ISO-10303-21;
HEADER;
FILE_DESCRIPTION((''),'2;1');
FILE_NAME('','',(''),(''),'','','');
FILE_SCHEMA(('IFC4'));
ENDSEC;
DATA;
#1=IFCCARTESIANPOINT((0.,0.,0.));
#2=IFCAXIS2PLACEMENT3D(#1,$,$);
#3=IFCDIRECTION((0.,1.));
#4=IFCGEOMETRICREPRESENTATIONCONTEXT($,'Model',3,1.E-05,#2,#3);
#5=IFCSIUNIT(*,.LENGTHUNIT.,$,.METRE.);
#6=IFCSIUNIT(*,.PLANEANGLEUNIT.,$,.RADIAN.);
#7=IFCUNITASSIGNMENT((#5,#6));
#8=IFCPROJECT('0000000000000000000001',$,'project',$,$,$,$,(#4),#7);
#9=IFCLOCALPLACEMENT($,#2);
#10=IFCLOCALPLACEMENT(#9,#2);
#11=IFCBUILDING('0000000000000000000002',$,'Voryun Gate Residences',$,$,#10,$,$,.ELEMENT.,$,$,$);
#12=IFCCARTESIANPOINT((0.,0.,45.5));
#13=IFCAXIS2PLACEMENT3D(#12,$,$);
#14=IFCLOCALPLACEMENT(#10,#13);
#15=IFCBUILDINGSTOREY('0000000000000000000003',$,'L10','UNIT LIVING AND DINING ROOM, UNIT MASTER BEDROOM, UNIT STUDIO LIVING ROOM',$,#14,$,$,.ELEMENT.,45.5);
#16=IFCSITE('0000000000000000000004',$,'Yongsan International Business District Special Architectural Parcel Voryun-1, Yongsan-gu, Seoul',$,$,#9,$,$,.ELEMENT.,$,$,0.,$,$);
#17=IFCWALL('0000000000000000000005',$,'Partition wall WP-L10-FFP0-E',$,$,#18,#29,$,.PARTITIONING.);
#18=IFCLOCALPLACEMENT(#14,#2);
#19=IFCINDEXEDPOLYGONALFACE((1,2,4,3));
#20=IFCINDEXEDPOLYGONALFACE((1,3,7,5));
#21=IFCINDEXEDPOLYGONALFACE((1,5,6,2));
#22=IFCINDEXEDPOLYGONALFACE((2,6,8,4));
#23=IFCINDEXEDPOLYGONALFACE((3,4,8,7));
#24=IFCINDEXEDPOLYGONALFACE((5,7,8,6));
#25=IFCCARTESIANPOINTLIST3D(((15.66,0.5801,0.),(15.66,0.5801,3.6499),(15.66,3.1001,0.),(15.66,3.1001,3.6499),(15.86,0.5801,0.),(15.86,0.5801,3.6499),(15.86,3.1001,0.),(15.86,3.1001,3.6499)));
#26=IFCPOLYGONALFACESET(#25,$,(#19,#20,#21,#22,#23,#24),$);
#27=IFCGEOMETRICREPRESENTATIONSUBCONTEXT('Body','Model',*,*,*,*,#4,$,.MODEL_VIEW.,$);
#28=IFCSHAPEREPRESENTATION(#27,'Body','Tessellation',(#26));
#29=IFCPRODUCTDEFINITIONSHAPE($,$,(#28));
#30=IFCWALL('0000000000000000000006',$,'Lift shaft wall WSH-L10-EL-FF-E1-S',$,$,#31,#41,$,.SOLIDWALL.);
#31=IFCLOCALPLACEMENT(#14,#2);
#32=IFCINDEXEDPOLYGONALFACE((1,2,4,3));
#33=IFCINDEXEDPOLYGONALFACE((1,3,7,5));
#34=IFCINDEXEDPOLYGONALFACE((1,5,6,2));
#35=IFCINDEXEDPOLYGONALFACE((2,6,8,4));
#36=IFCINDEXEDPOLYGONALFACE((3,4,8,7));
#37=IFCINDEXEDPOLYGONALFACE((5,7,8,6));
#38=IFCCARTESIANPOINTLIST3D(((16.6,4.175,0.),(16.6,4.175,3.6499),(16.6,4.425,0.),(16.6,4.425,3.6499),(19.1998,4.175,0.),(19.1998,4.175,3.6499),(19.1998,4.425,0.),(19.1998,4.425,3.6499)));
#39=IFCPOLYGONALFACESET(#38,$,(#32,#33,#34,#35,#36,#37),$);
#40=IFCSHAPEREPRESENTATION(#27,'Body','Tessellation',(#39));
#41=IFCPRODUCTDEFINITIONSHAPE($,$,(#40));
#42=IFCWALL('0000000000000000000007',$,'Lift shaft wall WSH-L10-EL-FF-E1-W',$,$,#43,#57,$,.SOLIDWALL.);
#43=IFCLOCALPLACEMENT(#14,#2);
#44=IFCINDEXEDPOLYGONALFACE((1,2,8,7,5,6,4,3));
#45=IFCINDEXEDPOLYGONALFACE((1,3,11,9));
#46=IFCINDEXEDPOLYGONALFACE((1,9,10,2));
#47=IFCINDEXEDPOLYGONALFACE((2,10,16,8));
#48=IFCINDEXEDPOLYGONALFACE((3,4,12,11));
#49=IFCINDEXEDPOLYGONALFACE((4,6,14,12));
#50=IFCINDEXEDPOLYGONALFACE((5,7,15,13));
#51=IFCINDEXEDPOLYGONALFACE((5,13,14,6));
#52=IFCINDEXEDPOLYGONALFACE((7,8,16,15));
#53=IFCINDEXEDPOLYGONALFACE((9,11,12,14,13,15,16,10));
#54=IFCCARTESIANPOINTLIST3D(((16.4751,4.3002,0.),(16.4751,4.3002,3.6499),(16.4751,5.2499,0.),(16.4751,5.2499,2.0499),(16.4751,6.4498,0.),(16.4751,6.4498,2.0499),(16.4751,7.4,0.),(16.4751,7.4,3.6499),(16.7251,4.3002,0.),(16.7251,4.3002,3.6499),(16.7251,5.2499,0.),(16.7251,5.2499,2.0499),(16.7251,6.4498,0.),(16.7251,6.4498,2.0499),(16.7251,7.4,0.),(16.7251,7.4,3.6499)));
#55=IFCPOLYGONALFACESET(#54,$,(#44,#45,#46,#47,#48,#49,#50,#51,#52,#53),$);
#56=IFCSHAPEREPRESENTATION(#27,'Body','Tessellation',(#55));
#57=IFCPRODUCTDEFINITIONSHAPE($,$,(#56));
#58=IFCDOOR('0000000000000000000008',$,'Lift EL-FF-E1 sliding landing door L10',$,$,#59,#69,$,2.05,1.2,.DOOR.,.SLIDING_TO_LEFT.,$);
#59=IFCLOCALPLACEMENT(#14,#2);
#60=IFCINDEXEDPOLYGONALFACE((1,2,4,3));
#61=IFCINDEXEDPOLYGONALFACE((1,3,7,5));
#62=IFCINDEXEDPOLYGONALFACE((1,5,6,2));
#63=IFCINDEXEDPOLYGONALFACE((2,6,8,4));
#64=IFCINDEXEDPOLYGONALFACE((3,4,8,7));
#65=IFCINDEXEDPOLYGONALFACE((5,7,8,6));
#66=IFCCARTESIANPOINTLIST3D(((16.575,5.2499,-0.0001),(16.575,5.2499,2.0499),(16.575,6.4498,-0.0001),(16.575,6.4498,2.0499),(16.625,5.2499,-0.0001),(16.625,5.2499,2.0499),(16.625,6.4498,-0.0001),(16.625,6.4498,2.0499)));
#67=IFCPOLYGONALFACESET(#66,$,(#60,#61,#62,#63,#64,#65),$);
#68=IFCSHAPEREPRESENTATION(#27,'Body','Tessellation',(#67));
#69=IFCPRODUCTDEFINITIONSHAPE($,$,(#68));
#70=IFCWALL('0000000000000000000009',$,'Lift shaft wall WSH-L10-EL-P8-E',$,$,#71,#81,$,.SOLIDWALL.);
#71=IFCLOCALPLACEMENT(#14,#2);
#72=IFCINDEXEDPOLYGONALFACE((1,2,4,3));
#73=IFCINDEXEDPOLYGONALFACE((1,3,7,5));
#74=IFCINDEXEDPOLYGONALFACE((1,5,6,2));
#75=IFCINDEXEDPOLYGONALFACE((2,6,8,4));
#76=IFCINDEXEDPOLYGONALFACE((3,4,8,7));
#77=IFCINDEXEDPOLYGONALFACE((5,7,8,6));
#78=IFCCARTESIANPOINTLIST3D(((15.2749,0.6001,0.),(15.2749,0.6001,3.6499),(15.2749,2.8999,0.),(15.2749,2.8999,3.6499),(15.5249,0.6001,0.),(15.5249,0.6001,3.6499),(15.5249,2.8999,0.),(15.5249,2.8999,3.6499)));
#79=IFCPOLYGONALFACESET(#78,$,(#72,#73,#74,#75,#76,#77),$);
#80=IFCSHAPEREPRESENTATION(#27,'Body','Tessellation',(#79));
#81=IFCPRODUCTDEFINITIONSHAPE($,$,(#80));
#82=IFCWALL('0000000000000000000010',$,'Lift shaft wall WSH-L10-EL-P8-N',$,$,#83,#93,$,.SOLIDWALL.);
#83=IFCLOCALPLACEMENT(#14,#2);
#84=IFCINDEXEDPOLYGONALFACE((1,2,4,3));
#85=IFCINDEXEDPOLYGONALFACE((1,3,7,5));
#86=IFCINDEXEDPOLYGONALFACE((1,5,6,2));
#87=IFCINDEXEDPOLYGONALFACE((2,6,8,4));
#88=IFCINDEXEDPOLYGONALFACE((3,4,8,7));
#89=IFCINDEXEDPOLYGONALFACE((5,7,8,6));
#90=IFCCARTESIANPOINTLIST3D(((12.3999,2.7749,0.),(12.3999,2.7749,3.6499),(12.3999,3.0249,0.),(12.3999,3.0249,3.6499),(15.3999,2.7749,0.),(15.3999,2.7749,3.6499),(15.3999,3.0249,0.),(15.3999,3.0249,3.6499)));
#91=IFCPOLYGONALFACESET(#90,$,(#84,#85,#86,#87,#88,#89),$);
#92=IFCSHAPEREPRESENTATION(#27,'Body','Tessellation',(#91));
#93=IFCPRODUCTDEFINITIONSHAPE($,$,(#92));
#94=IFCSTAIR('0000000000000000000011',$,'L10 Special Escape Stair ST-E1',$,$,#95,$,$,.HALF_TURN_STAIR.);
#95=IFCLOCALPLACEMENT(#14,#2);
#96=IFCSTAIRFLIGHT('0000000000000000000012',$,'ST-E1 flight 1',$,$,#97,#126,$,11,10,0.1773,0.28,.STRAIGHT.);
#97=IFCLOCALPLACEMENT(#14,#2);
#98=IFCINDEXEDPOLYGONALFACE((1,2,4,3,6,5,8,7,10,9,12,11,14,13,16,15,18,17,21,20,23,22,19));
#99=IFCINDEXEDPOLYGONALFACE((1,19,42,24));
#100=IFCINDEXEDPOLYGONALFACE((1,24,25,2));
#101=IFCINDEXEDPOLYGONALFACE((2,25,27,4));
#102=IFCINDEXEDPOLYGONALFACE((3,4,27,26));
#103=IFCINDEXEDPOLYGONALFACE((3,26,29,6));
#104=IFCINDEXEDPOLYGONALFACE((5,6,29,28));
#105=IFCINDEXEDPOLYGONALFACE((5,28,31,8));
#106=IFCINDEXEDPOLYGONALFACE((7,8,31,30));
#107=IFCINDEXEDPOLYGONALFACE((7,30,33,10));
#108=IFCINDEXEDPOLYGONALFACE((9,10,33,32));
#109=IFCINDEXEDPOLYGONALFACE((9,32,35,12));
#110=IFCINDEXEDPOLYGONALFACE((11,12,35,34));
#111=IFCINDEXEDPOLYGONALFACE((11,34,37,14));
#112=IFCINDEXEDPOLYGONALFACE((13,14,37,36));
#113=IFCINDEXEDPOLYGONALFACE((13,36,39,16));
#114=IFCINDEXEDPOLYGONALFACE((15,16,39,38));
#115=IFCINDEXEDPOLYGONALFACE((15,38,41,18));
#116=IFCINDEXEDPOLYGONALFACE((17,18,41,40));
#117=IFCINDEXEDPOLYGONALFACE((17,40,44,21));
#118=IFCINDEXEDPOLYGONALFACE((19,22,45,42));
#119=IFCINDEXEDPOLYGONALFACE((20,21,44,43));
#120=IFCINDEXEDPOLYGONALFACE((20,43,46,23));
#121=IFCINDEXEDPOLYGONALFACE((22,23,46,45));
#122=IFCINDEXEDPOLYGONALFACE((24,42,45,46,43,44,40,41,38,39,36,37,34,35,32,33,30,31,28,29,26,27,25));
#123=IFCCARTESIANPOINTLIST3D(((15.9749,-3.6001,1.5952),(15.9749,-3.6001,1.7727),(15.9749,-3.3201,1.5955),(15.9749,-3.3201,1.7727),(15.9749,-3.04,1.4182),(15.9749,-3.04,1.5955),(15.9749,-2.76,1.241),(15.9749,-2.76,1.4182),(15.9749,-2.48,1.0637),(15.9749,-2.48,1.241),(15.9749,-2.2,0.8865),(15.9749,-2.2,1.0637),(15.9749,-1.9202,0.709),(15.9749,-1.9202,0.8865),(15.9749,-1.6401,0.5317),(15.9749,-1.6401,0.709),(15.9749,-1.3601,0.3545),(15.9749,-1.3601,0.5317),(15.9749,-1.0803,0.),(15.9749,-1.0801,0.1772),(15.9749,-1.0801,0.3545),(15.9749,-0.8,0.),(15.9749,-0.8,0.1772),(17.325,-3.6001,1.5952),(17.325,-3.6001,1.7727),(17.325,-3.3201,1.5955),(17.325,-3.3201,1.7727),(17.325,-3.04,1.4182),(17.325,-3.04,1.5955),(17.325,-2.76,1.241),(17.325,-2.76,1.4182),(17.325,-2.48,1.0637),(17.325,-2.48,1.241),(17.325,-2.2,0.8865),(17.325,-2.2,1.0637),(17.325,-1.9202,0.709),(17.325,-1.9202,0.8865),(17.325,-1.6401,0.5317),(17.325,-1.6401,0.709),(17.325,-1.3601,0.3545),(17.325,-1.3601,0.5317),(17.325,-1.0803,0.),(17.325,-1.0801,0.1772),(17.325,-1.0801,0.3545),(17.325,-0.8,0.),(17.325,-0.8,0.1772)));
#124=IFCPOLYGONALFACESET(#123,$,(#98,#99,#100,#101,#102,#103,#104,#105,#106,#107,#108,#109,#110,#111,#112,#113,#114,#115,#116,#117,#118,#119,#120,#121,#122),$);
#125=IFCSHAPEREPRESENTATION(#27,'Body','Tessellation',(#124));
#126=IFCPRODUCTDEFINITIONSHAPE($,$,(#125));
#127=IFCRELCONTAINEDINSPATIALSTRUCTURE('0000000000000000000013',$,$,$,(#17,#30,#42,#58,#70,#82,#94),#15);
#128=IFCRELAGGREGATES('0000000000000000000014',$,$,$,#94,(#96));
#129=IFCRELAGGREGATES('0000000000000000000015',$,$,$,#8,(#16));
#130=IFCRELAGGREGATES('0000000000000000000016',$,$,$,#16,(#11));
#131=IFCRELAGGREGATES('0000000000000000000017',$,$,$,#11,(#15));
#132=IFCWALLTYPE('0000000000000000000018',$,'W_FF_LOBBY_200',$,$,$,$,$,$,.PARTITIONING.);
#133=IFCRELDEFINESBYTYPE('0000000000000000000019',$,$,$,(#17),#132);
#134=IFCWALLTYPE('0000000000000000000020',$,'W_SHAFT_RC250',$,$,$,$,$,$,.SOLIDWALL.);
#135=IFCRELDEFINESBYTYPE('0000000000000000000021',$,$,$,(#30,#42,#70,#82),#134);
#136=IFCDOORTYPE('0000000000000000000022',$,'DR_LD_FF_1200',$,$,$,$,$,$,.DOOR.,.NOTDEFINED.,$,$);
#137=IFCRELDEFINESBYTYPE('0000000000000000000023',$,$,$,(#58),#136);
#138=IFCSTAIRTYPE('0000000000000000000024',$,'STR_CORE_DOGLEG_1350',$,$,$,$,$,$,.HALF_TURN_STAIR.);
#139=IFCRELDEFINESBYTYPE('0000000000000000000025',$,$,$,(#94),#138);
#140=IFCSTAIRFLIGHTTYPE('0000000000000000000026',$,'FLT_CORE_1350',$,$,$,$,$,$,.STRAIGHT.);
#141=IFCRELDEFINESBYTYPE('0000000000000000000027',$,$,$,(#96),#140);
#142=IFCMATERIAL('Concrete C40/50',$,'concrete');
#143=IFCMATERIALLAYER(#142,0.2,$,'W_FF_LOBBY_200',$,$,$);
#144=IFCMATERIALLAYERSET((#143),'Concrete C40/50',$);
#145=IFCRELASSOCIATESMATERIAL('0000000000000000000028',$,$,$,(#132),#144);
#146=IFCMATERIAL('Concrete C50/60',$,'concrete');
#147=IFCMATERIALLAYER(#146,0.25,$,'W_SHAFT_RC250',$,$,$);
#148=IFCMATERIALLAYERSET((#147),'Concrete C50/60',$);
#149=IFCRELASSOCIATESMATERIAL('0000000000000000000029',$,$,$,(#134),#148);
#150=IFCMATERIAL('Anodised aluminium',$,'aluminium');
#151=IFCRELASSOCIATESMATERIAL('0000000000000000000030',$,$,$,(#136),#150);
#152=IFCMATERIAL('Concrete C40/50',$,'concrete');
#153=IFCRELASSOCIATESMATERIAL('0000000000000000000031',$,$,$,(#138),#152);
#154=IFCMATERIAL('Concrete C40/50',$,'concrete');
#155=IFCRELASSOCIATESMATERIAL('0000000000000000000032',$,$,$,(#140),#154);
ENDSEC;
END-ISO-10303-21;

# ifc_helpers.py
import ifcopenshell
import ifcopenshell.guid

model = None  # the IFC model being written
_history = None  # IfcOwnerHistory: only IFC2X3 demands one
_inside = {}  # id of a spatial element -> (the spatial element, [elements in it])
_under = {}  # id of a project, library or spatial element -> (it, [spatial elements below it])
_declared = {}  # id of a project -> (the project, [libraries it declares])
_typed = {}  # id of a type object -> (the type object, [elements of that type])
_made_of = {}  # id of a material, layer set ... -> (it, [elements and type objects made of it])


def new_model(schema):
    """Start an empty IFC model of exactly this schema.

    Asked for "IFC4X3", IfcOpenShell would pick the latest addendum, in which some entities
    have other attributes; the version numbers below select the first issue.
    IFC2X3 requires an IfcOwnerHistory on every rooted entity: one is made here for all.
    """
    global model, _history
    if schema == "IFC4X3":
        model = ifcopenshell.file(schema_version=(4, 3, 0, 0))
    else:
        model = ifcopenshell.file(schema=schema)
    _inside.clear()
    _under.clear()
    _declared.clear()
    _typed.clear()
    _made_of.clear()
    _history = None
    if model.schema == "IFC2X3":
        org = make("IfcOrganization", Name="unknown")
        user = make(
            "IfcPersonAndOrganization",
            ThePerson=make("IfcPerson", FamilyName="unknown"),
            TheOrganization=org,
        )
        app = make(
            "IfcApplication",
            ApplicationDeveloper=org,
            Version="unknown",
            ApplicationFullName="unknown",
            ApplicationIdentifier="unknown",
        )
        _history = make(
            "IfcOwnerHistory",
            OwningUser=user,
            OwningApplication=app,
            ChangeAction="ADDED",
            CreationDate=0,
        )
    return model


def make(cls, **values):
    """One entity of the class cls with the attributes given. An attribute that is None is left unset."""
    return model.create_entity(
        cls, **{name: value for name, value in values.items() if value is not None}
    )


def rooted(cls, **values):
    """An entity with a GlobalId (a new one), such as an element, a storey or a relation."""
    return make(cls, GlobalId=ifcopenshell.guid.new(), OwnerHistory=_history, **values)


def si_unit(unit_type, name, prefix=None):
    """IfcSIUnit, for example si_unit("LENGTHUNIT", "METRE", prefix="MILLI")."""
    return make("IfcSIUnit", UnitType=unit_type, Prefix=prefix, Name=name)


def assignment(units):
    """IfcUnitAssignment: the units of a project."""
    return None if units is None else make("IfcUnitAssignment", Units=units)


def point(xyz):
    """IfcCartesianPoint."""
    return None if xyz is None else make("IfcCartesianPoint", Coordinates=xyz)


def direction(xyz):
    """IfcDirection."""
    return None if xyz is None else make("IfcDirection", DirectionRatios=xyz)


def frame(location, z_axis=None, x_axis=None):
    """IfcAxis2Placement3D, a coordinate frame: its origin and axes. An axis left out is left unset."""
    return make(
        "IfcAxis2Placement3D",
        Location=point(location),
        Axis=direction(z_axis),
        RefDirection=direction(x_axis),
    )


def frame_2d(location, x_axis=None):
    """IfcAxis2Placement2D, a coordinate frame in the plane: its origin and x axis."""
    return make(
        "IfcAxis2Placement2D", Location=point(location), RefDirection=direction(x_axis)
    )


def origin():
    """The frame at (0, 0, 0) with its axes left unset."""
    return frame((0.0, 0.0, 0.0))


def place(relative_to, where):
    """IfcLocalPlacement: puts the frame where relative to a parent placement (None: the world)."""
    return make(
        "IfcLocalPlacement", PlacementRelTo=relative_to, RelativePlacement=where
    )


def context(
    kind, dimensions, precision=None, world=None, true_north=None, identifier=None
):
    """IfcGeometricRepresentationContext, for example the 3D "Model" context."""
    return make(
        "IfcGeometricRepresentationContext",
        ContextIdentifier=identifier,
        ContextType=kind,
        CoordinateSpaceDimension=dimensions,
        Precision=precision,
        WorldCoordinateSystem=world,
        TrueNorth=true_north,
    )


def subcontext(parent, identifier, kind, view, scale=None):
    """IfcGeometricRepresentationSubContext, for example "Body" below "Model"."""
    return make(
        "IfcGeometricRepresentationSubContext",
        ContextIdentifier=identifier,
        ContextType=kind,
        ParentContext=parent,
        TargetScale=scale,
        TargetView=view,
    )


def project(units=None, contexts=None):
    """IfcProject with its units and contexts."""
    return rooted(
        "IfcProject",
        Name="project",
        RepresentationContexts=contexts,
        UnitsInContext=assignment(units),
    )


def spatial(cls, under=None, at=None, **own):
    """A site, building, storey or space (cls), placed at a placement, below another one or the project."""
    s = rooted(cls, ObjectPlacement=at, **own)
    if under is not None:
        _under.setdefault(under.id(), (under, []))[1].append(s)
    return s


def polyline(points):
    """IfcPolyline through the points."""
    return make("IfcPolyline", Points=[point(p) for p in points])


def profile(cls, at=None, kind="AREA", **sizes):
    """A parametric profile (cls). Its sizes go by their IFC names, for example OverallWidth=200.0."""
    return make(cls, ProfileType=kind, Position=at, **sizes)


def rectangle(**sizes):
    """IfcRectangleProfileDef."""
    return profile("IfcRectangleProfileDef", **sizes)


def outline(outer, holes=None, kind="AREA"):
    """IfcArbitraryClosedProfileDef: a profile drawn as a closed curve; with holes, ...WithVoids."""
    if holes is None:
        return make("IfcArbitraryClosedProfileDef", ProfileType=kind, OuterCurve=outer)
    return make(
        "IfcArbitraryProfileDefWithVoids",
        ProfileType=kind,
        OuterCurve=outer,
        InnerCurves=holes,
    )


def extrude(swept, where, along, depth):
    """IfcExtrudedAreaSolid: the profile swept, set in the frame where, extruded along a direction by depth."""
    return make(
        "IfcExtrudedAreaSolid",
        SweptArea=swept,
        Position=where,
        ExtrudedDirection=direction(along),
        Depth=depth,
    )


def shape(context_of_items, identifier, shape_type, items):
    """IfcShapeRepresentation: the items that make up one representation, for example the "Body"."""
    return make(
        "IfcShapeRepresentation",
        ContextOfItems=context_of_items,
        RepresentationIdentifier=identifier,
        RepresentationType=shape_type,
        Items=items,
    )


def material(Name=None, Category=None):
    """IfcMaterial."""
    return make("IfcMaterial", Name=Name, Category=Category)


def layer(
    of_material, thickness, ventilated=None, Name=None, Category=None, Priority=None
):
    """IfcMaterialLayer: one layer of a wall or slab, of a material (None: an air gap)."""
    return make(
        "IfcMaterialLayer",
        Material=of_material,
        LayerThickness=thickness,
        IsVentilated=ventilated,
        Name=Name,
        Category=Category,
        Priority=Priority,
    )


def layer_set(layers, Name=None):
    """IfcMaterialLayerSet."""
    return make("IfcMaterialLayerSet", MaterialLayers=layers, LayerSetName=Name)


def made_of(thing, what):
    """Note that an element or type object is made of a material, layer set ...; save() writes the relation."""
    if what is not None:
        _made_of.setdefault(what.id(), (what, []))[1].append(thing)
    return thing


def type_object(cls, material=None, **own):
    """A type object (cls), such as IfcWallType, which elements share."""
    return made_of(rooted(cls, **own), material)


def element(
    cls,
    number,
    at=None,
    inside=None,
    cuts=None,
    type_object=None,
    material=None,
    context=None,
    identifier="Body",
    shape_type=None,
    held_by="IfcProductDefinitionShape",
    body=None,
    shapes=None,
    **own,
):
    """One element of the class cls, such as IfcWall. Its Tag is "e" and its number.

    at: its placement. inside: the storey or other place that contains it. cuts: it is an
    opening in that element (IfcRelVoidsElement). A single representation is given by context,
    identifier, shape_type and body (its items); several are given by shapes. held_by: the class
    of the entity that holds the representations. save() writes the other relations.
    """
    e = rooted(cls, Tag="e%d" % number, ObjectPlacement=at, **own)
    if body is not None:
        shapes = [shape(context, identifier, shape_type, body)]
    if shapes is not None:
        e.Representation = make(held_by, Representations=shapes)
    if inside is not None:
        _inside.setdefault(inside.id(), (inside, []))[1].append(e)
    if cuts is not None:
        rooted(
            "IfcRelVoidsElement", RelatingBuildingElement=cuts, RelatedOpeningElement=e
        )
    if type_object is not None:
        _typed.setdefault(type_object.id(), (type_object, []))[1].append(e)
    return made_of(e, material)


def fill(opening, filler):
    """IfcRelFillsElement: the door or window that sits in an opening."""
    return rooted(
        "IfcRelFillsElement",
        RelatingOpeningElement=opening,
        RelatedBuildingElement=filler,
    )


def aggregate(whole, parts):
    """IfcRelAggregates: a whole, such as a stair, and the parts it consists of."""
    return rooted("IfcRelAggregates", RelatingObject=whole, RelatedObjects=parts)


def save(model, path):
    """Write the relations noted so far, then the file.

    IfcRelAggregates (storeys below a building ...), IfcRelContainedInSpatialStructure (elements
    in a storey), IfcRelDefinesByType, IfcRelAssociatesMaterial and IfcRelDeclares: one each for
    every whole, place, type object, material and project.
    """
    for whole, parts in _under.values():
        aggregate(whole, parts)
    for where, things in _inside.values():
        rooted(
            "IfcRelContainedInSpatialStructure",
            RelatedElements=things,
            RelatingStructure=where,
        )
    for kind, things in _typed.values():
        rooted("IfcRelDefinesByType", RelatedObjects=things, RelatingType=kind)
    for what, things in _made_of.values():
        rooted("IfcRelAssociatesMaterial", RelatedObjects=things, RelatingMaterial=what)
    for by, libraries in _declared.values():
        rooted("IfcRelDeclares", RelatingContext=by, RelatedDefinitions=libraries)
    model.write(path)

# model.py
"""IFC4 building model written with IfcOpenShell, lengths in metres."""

from ifc_helpers import new_model, si_unit, direction, frame, frame_2d, origin, place, context, subcontext, project, spatial, polyline, rectangle, outline, extrude, material, layer, layer_set, type_object, element, fill, aggregate, save


model = new_model("IFC4")

# Units and contexts
model_context = context("Model", 3, precision=1e-05, world=origin(), true_north=direction((0.0, 1.0)))
body_context = subcontext(model_context, "Body", "Model", "MODEL_VIEW")
ifc_project = project(units=[si_unit("LENGTHUNIT", "METRE"), si_unit("PLANEANGLEUNIT", "RADIAN")], contexts=[model_context])

# Site, building, storey
site_placement = place(None, origin())
site = spatial("IfcSite", under=ifc_project, at=site_placement, Name="Yongsan International Business District Special Architectural Parcel Voryun-1, Yongsan-gu, Seoul", CompositionType="ELEMENT", RefElevation=0.0)
building_placement = place(site_placement, origin())
building = spatial("IfcBuilding", under=site, at=building_placement, Name="Voryun Gate Residences", CompositionType="ELEMENT")
storey_placement = place(building_placement, frame((0.0, 0.0, 45.5)))
storey = spatial("IfcBuildingStorey", under=building, at=storey_placement, Name="L10", Description="UNIT LIVING AND DINING ROOM, UNIT MASTER BEDROOM, UNIT STUDIO LIVING ROOM", CompositionType="ELEMENT", Elevation=45.5)

# Walls
ifc_material_1 = material(Name="Concrete C40/50", Category="concrete")
ifc_layer_1 = layer(ifc_material_1, 0.2, Name="W_FF_LOBBY_200")
ifc_layer_set_1 = layer_set([ifc_layer_1], Name="Concrete C40/50")
wall_type_1 = type_object("IfcWallType", Name="W_FF_LOBBY_200", PredefinedType="PARTITIONING", material=ifc_layer_set_1)
wall_1_placement = place(storey_placement, frame((15.76, 0.5801, 0.0), z_axis=(0.0, 0.0, 1.0), x_axis=(0.0, 1.0, 0.0)))
element("IfcWall", 1, at=wall_1_placement, inside=storey, type_object=wall_type_1, Name="Partition wall WP-L10-FFP0-E", PredefinedType="PARTITIONING", context=body_context, shape_type="SweptSolid", body=[
    extrude(rectangle(XDim=2.52, YDim=0.2, at=frame_2d((1.26, 0.0))), origin(), (0.0, 0.0, 1.0), 3.6499),
])
ifc_material_2 = material(Name="Concrete C50/60", Category="concrete")
ifc_layer_2 = layer(ifc_material_2, 0.25, Name="W_SHAFT_RC250")
ifc_layer_set_2 = layer_set([ifc_layer_2], Name="Concrete C50/60")
wall_type_2 = type_object("IfcWallType", Name="W_SHAFT_RC250", PredefinedType="SOLIDWALL", material=ifc_layer_set_2)
wall_2_placement = place(storey_placement, frame((16.6001, 4.3, 0.0), z_axis=(0.0, 0.0, 1.0), x_axis=(1.0, 0.0, 0.0)))
element("IfcWall", 2, at=wall_2_placement, inside=storey, type_object=wall_type_2, Name="Lift shaft wall WSH-L10-EL-FF-E1-S", PredefinedType="SOLIDWALL", context=body_context, shape_type="SweptSolid", body=[
    extrude(rectangle(XDim=2.5999, YDim=0.25, at=frame_2d((1.2998, 0.0))), origin(), (0.0, 0.0, 1.0), 3.6499),
])

# Wall, opening, door
wall_3_placement = place(storey_placement, frame((16.6001, 7.3999, 0.0), z_axis=(0.0, 0.0, 1.0), x_axis=(0.0, -1.0, 0.0)))
wall_3 = element("IfcWall", 3, at=wall_3_placement, inside=storey, type_object=wall_type_2, Name="Lift shaft wall WSH-L10-EL-FF-E1-W", PredefinedType="SOLIDWALL", context=body_context, shape_type="SweptSolid", body=[
    extrude(rectangle(XDim=3.0999, YDim=0.25, at=frame_2d((1.5498, 0.0))), origin(), (0.0, 0.0, 1.0), 3.6499),
])
opening_1_placement = place(wall_3_placement, frame((0.95, 0.0, 0.0)))
opening_1 = element("IfcOpeningElement", 4, at=opening_1_placement, cuts=wall_3, PredefinedType="OPENING", context=body_context, shape_type="SweptSolid", body=[
    extrude(rectangle(XDim=1.2, YDim=2.05, at=frame_2d((0.6001, 1.0249))), frame((0.0, 0.135, 0.0), z_axis=(0.0, -1.0, 0.0), x_axis=(1.0, 0.0, 0.0)), (0.0, 0.0, 1.0), 0.27),
])
ifc_material_3 = material(Name="Anodised aluminium", Category="aluminium")
door_type_1 = type_object("IfcDoorType", Name="DR_LD_FF_1200", OperationType="NOTDEFINED", PredefinedType="DOOR", material=ifc_material_3)
door_1_placement = place(opening_1_placement, origin())
door_1 = element("IfcDoor", 5, at=door_1_placement, inside=storey, type_object=door_type_1, Name="Lift EL-FF-E1 sliding landing door L10", OperationType="SLIDING_TO_LEFT", OverallHeight=2.05, OverallWidth=1.2, PredefinedType="DOOR", context=body_context, shape_type="SweptSolid", body=[
    extrude(rectangle(XDim=1.2, YDim=2.05, at=frame_2d((0.6001, 1.0249))), frame((0.0, 0.0249, 0.0), z_axis=(0.0, -1.0, 0.0), x_axis=(1.0, 0.0, 0.0)), (0.0, 0.0, 1.0), 0.05),
])
fill(opening_1, door_1)

# Walls
wall_4_placement = place(storey_placement, frame((15.3999, 0.6001, 0.0), z_axis=(0.0, 0.0, 1.0), x_axis=(0.0, 1.0, 0.0)))
element("IfcWall", 6, at=wall_4_placement, inside=storey, type_object=wall_type_2, Name="Lift shaft wall WSH-L10-EL-P8-E", PredefinedType="SOLIDWALL", context=body_context, shape_type="SweptSolid", body=[
    extrude(rectangle(XDim=2.2998, YDim=0.25, at=frame_2d((1.1499, 0.0))), origin(), (0.0, 0.0, 1.0), 3.6499),
])
wall_5_placement = place(storey_placement, frame((15.3999, 2.8999, 0.0), z_axis=(0.0, 0.0, 1.0), x_axis=(-1.0, 0.0, 0.0)))
element("IfcWall", 7, at=wall_5_placement, inside=storey, type_object=wall_type_2, Name="Lift shaft wall WSH-L10-EL-P8-N", PredefinedType="SOLIDWALL", context=body_context, shape_type="SweptSolid", body=[
    extrude(rectangle(XDim=3.0, YDim=0.25, at=frame_2d((1.5, 0.0))), origin(), (0.0, 0.0, 1.0), 3.6499),
])

# Stair, stair flight
ifc_material_4 = material(Name="Concrete C40/50", Category="concrete")
stair_type = type_object("IfcStairType", Name="STR_CORE_DOGLEG_1350", PredefinedType="HALF_TURN_STAIR", material=ifc_material_4)
stair_placement = place(storey_placement, origin())
stair = element("IfcStair", 8, at=stair_placement, inside=storey, type_object=stair_type, Name="L10 Special Escape Stair ST-E1", PredefinedType="HALF_TURN_STAIR")
ifc_material_5 = material(Name="Concrete C40/50", Category="concrete")
stair_flight_type = type_object("IfcStairFlightType", Name="FLT_CORE_1350", PredefinedType="STRAIGHT", material=ifc_material_5)
stair_flight_placement = place(storey_placement, frame((16.6499, -0.8, 0.0), z_axis=(0.0, 0.0, 1.0), x_axis=(0.0, -1.0, 0.0)))
stair_flight = element("IfcStairFlight", 9, at=stair_flight_placement, type_object=stair_flight_type, Name="ST-E1 flight 1", NumberOfRisers=11, NumberOfTreads=10, PredefinedType="STRAIGHT", RiserHeight=0.1773, TreadLength=0.28, context=body_context, shape_type="SweptSolid", body=[
    extrude(outline(polyline([(0.0, 0.0), (0.0, 0.1772), (0.28, 0.1772), (0.28, 0.3545), (0.5601, 0.3545), (0.5601, 0.5317), (0.8401, 0.5317), (0.8401, 0.709), (1.1201, 0.709), (1.1201, 0.8865), (1.3999, 0.8865), (1.3999, 1.0637), (1.6799, 1.0637), (1.6799, 1.241), (1.96, 1.241), (1.96, 1.4182), (2.24, 1.4182), (2.24, 1.5955), (2.52, 1.5955), (2.52, 1.7727), (2.8, 1.7727), (2.8, 1.95), (2.8, 1.5952), (0.2803, 0.0), (0.0, 0.0)])), frame((0.0, 0.675, 0.0), z_axis=(0.0, -1.0, 0.0), x_axis=(1.0, 0.0, 0.0)), (0.0, 0.0, 1.0), 1.3501),
])
aggregate(stair, [stair_flight])

save(model, "model.ifc")
